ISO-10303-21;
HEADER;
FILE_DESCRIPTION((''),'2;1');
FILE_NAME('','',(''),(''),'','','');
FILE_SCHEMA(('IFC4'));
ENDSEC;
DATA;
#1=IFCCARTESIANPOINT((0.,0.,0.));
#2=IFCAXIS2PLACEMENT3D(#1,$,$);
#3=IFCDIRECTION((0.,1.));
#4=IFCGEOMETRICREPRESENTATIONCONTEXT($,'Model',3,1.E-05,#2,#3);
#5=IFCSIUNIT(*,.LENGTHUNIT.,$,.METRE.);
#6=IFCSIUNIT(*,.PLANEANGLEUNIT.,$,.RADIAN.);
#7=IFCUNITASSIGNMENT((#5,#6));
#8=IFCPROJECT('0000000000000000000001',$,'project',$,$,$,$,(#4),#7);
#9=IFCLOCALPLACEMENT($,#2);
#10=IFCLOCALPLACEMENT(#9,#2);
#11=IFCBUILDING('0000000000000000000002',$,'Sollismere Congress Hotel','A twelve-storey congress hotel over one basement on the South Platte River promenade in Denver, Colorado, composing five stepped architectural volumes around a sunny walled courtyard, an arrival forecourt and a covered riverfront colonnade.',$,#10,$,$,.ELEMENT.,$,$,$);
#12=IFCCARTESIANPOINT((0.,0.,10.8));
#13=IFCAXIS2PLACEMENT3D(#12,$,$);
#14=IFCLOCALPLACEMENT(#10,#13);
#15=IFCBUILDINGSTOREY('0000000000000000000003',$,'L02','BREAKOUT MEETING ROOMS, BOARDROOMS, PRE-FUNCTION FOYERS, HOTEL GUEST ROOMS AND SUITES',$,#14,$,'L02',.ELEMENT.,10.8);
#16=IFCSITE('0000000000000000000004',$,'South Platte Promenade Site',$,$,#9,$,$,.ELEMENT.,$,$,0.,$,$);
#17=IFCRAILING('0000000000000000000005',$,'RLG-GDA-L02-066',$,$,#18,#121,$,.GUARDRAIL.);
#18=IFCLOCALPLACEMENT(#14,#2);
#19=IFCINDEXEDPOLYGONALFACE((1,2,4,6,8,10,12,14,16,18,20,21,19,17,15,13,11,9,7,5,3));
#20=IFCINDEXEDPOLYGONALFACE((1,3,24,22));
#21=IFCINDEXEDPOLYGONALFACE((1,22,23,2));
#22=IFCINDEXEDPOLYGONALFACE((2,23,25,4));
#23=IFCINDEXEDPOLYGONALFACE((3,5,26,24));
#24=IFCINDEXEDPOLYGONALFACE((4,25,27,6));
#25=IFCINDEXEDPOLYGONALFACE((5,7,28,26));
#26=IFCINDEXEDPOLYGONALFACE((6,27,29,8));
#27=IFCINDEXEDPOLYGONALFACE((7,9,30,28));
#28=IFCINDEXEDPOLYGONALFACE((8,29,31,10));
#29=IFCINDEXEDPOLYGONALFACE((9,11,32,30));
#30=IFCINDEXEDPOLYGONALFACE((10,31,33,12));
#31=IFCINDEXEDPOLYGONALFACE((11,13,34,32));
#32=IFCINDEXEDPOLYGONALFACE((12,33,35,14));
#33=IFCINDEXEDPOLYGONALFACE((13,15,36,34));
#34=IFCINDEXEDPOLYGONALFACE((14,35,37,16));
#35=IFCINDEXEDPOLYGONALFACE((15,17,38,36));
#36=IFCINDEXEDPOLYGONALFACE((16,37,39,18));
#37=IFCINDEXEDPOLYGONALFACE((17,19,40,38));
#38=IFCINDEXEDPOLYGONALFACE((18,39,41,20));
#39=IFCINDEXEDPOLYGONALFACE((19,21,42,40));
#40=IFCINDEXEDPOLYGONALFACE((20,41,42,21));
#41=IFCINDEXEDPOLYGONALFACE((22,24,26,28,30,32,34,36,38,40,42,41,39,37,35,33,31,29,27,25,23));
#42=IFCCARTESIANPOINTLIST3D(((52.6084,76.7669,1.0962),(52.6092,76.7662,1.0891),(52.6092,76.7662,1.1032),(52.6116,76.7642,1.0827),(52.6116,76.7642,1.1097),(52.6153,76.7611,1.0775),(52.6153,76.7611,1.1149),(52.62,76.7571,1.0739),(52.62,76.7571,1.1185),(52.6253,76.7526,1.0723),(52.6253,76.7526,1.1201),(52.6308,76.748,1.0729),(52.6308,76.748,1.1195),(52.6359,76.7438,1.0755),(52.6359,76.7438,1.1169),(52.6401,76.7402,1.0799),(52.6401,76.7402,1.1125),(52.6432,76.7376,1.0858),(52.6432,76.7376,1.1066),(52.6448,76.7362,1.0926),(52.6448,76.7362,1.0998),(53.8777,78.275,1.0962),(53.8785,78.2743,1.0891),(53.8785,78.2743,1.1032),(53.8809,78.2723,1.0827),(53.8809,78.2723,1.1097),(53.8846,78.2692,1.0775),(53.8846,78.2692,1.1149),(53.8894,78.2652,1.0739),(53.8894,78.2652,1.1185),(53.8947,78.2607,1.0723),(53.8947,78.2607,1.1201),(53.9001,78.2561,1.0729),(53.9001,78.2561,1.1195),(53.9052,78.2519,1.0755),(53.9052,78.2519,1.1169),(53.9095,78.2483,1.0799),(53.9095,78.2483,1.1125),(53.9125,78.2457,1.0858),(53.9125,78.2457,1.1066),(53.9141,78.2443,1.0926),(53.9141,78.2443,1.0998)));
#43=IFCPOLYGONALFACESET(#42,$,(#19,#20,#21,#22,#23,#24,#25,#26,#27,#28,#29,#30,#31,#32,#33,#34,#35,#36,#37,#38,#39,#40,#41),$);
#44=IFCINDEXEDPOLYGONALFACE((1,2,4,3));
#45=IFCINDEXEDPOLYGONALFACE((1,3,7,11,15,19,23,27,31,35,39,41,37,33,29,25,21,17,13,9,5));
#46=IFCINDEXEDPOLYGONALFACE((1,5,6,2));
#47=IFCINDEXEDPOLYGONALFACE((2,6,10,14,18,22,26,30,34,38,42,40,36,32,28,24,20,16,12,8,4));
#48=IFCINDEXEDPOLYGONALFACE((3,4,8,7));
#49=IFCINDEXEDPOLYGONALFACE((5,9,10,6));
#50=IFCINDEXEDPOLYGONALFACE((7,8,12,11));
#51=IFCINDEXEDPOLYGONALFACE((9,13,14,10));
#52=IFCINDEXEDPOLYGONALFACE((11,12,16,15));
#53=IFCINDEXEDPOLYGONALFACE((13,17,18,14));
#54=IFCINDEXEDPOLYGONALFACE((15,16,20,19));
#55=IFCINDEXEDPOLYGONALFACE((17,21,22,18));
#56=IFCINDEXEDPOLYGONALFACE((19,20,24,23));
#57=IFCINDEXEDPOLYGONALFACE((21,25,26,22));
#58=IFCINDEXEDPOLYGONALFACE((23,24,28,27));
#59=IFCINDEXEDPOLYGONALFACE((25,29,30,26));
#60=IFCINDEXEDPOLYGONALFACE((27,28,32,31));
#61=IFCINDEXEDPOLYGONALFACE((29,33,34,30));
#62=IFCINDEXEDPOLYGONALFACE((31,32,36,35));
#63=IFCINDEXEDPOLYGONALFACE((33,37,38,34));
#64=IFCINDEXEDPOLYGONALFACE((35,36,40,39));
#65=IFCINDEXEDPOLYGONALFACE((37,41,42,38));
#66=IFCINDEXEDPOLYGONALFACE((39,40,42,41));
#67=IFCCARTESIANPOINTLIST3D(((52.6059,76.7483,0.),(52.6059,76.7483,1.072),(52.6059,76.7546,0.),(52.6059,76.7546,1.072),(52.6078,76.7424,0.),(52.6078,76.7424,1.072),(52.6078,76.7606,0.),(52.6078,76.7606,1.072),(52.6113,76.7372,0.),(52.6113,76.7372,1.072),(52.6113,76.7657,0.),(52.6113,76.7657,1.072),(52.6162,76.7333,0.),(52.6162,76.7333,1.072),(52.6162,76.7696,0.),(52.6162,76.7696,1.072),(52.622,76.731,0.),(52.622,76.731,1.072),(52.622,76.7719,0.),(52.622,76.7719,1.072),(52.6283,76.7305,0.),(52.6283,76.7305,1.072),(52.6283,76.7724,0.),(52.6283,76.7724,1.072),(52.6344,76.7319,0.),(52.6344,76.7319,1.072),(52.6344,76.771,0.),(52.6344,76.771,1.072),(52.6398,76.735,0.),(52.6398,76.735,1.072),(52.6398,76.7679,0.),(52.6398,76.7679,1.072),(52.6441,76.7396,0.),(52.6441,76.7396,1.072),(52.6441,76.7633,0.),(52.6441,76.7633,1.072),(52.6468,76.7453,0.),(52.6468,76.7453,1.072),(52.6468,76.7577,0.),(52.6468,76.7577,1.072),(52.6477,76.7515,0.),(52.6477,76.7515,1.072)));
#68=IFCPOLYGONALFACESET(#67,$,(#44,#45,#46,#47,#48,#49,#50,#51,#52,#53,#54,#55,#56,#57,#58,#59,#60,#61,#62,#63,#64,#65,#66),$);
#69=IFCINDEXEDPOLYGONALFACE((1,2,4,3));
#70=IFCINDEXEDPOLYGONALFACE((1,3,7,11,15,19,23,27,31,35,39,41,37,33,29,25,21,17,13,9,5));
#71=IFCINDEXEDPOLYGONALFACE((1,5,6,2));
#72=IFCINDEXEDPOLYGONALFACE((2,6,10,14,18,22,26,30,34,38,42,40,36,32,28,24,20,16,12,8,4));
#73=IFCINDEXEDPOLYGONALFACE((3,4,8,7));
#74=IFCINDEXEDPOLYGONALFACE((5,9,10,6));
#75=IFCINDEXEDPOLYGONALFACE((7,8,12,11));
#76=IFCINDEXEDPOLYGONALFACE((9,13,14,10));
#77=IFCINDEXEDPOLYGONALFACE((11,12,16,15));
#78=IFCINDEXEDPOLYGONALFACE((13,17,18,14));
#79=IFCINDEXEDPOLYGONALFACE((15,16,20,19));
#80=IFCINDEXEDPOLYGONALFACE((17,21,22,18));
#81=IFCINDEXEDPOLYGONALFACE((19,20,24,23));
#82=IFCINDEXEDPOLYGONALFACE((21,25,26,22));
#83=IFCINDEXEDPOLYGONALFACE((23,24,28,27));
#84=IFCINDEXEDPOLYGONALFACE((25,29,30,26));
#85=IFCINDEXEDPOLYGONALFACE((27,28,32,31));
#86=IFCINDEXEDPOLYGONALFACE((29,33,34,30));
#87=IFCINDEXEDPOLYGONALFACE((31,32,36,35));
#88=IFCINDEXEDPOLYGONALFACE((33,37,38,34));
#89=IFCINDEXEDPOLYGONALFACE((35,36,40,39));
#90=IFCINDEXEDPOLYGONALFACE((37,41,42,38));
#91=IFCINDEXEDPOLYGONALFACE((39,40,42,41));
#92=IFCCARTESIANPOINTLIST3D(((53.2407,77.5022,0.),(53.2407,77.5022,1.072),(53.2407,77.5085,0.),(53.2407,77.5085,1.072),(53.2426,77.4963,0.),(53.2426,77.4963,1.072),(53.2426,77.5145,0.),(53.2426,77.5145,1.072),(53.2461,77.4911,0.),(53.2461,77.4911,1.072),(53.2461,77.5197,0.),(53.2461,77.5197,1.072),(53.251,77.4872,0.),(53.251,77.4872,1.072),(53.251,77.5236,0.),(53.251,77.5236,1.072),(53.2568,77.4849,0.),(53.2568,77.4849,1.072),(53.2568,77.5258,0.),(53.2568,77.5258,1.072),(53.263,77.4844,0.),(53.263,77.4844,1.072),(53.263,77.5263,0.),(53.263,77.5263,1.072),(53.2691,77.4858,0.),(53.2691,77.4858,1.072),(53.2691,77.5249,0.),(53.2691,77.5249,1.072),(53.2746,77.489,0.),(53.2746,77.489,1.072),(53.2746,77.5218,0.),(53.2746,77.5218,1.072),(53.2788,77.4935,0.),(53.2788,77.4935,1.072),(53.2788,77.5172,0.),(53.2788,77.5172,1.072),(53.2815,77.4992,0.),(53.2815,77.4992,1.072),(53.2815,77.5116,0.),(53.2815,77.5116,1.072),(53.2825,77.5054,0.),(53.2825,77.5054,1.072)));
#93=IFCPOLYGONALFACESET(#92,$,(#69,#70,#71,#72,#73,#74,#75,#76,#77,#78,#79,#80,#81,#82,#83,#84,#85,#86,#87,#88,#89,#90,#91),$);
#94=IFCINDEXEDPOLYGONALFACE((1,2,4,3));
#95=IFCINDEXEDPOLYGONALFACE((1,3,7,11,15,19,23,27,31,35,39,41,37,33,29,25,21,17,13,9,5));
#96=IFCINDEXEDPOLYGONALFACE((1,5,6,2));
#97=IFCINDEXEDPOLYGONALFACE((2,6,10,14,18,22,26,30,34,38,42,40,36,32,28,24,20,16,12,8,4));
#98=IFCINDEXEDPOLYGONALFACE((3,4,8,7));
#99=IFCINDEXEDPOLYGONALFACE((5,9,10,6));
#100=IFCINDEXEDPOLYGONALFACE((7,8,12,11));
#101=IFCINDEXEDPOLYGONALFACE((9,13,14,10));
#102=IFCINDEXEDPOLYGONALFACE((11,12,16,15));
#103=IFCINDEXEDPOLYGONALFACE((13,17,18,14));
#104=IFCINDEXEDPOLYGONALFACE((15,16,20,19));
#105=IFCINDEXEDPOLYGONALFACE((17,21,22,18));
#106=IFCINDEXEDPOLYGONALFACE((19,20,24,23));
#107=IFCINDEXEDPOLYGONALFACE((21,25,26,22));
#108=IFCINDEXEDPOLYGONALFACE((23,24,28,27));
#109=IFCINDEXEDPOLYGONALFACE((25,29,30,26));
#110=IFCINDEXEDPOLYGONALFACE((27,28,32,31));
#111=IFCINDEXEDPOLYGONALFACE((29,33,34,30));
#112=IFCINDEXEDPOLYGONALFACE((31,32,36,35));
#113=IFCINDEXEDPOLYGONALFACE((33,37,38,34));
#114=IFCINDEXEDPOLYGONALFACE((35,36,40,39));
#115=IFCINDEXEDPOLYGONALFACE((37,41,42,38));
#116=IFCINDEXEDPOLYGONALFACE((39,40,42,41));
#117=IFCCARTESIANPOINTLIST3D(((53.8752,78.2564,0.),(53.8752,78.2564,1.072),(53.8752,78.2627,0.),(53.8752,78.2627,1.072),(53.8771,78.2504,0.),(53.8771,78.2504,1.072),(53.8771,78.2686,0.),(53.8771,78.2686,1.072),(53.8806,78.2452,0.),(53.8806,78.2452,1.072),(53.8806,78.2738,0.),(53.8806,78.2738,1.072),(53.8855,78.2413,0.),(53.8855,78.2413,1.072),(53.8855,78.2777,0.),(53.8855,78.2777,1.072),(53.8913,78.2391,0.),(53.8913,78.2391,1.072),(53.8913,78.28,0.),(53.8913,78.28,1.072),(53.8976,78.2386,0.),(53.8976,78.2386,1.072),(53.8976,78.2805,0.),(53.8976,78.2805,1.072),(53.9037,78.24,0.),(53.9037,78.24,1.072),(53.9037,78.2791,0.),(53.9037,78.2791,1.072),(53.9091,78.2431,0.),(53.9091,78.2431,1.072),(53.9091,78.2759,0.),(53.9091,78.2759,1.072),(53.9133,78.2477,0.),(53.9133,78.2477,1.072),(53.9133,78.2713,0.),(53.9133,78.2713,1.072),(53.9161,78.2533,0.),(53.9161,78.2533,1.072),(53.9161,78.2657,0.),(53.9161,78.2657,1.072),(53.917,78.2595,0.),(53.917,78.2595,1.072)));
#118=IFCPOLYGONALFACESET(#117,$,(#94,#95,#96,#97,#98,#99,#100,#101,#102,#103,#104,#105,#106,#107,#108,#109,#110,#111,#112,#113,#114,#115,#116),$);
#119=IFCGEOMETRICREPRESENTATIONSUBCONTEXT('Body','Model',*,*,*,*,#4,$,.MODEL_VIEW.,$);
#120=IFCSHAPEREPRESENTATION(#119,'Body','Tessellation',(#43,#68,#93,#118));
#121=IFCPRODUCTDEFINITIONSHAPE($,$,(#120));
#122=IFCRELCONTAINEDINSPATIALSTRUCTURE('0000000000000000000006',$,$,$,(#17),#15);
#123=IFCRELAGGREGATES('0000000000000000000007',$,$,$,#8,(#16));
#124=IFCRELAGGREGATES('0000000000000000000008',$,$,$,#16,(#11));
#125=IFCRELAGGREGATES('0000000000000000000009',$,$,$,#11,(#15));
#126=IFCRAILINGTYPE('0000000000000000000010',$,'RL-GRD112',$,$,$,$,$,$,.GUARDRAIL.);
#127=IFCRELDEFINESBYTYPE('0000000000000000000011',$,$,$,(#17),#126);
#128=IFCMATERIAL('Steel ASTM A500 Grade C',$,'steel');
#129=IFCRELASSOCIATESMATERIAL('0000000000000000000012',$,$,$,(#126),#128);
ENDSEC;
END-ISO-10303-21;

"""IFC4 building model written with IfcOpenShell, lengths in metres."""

from ifc_helpers import new_model, si_unit, direction, frame, origin, origin_2d, place, context, subcontext, project, spatial, circle, extrude, material, type_object, element, save


model = new_model("IFC4")

# Units and contexts
model_context = context("Model", 3, precision=1e-05, world=origin(), true_north=direction((0.0, 1.0)))
body_context = subcontext(model_context, "Body", "Model", "MODEL_VIEW")
ifc_project = project(units=[si_unit("LENGTHUNIT", "METRE"), si_unit("PLANEANGLEUNIT", "RADIAN")], contexts=[model_context])

# Site, building, storey
site_placement = place(None, origin())
site = spatial("IfcSite", under=ifc_project, at=site_placement, Name="South Platte Promenade Site", CompositionType="ELEMENT", RefElevation=0.0)
building_placement = place(site_placement, origin())
building = spatial("IfcBuilding", under=site, at=building_placement, Name="Sollismere Congress Hotel", Description="A twelve-storey congress hotel over one basement on the South Platte River promenade in Denver, Colorado, composing five stepped architectural volumes around a sunny walled courtyard, an arrival forecourt and a covered riverfront colonnade.", CompositionType="ELEMENT")
storey_placement = place(building_placement, frame((0.0, 0.0, 10.8)))
storey = spatial("IfcBuildingStorey", under=building, at=storey_placement, Name="L02", Description="BREAKOUT MEETING ROOMS, BOARDROOMS, PRE-FUNCTION FOYERS, HOTEL GUEST ROOMS AND SUITES", LongName="L02", CompositionType="ELEMENT", Elevation=10.8)

# Shared definitions
ifc_material_1 = material(Name="Steel ASTM A500 Grade C", Category="steel")

# Railing
railing_type = type_object("IfcRailingType", Name="RL-GRD112", PredefinedType="GUARDRAIL", material=ifc_material_1)
railing_1_placement = place(storey_placement, frame((52.6267, 76.7515, 0.0)))
element("IfcRailing", 1, at=railing_1_placement, inside=storey, type_object=railing_type, Name="RLG-GDA-L02-066", PredefinedType="GUARDRAIL", context=body_context, shape_type="SweptSolid", body=[
    extrude(circle(Radius=0.0239, at=origin_2d()), frame((0.0, 0.0, 1.0962), z_axis=(0.643941, 0.765075, 0.0), x_axis=(-0.765075, 0.643941, 0.0)), (0.0, 0.0, 1.0), 1.9712),
    extrude(circle(Radius=0.021, at=origin_2d()), origin(), (0.0, 0.0, 1.0), 1.072),
    extrude(circle(Radius=0.021, at=origin_2d()), frame((0.6348, 0.7539, 0.0)), (0.0, 0.0, 1.0), 1.072),
    extrude(circle(Radius=0.021, at=origin_2d()), frame((1.2693, 1.5081, 0.0)), (0.0, 0.0, 1.0), 1.072),
])

save(model, "model.ifc")
